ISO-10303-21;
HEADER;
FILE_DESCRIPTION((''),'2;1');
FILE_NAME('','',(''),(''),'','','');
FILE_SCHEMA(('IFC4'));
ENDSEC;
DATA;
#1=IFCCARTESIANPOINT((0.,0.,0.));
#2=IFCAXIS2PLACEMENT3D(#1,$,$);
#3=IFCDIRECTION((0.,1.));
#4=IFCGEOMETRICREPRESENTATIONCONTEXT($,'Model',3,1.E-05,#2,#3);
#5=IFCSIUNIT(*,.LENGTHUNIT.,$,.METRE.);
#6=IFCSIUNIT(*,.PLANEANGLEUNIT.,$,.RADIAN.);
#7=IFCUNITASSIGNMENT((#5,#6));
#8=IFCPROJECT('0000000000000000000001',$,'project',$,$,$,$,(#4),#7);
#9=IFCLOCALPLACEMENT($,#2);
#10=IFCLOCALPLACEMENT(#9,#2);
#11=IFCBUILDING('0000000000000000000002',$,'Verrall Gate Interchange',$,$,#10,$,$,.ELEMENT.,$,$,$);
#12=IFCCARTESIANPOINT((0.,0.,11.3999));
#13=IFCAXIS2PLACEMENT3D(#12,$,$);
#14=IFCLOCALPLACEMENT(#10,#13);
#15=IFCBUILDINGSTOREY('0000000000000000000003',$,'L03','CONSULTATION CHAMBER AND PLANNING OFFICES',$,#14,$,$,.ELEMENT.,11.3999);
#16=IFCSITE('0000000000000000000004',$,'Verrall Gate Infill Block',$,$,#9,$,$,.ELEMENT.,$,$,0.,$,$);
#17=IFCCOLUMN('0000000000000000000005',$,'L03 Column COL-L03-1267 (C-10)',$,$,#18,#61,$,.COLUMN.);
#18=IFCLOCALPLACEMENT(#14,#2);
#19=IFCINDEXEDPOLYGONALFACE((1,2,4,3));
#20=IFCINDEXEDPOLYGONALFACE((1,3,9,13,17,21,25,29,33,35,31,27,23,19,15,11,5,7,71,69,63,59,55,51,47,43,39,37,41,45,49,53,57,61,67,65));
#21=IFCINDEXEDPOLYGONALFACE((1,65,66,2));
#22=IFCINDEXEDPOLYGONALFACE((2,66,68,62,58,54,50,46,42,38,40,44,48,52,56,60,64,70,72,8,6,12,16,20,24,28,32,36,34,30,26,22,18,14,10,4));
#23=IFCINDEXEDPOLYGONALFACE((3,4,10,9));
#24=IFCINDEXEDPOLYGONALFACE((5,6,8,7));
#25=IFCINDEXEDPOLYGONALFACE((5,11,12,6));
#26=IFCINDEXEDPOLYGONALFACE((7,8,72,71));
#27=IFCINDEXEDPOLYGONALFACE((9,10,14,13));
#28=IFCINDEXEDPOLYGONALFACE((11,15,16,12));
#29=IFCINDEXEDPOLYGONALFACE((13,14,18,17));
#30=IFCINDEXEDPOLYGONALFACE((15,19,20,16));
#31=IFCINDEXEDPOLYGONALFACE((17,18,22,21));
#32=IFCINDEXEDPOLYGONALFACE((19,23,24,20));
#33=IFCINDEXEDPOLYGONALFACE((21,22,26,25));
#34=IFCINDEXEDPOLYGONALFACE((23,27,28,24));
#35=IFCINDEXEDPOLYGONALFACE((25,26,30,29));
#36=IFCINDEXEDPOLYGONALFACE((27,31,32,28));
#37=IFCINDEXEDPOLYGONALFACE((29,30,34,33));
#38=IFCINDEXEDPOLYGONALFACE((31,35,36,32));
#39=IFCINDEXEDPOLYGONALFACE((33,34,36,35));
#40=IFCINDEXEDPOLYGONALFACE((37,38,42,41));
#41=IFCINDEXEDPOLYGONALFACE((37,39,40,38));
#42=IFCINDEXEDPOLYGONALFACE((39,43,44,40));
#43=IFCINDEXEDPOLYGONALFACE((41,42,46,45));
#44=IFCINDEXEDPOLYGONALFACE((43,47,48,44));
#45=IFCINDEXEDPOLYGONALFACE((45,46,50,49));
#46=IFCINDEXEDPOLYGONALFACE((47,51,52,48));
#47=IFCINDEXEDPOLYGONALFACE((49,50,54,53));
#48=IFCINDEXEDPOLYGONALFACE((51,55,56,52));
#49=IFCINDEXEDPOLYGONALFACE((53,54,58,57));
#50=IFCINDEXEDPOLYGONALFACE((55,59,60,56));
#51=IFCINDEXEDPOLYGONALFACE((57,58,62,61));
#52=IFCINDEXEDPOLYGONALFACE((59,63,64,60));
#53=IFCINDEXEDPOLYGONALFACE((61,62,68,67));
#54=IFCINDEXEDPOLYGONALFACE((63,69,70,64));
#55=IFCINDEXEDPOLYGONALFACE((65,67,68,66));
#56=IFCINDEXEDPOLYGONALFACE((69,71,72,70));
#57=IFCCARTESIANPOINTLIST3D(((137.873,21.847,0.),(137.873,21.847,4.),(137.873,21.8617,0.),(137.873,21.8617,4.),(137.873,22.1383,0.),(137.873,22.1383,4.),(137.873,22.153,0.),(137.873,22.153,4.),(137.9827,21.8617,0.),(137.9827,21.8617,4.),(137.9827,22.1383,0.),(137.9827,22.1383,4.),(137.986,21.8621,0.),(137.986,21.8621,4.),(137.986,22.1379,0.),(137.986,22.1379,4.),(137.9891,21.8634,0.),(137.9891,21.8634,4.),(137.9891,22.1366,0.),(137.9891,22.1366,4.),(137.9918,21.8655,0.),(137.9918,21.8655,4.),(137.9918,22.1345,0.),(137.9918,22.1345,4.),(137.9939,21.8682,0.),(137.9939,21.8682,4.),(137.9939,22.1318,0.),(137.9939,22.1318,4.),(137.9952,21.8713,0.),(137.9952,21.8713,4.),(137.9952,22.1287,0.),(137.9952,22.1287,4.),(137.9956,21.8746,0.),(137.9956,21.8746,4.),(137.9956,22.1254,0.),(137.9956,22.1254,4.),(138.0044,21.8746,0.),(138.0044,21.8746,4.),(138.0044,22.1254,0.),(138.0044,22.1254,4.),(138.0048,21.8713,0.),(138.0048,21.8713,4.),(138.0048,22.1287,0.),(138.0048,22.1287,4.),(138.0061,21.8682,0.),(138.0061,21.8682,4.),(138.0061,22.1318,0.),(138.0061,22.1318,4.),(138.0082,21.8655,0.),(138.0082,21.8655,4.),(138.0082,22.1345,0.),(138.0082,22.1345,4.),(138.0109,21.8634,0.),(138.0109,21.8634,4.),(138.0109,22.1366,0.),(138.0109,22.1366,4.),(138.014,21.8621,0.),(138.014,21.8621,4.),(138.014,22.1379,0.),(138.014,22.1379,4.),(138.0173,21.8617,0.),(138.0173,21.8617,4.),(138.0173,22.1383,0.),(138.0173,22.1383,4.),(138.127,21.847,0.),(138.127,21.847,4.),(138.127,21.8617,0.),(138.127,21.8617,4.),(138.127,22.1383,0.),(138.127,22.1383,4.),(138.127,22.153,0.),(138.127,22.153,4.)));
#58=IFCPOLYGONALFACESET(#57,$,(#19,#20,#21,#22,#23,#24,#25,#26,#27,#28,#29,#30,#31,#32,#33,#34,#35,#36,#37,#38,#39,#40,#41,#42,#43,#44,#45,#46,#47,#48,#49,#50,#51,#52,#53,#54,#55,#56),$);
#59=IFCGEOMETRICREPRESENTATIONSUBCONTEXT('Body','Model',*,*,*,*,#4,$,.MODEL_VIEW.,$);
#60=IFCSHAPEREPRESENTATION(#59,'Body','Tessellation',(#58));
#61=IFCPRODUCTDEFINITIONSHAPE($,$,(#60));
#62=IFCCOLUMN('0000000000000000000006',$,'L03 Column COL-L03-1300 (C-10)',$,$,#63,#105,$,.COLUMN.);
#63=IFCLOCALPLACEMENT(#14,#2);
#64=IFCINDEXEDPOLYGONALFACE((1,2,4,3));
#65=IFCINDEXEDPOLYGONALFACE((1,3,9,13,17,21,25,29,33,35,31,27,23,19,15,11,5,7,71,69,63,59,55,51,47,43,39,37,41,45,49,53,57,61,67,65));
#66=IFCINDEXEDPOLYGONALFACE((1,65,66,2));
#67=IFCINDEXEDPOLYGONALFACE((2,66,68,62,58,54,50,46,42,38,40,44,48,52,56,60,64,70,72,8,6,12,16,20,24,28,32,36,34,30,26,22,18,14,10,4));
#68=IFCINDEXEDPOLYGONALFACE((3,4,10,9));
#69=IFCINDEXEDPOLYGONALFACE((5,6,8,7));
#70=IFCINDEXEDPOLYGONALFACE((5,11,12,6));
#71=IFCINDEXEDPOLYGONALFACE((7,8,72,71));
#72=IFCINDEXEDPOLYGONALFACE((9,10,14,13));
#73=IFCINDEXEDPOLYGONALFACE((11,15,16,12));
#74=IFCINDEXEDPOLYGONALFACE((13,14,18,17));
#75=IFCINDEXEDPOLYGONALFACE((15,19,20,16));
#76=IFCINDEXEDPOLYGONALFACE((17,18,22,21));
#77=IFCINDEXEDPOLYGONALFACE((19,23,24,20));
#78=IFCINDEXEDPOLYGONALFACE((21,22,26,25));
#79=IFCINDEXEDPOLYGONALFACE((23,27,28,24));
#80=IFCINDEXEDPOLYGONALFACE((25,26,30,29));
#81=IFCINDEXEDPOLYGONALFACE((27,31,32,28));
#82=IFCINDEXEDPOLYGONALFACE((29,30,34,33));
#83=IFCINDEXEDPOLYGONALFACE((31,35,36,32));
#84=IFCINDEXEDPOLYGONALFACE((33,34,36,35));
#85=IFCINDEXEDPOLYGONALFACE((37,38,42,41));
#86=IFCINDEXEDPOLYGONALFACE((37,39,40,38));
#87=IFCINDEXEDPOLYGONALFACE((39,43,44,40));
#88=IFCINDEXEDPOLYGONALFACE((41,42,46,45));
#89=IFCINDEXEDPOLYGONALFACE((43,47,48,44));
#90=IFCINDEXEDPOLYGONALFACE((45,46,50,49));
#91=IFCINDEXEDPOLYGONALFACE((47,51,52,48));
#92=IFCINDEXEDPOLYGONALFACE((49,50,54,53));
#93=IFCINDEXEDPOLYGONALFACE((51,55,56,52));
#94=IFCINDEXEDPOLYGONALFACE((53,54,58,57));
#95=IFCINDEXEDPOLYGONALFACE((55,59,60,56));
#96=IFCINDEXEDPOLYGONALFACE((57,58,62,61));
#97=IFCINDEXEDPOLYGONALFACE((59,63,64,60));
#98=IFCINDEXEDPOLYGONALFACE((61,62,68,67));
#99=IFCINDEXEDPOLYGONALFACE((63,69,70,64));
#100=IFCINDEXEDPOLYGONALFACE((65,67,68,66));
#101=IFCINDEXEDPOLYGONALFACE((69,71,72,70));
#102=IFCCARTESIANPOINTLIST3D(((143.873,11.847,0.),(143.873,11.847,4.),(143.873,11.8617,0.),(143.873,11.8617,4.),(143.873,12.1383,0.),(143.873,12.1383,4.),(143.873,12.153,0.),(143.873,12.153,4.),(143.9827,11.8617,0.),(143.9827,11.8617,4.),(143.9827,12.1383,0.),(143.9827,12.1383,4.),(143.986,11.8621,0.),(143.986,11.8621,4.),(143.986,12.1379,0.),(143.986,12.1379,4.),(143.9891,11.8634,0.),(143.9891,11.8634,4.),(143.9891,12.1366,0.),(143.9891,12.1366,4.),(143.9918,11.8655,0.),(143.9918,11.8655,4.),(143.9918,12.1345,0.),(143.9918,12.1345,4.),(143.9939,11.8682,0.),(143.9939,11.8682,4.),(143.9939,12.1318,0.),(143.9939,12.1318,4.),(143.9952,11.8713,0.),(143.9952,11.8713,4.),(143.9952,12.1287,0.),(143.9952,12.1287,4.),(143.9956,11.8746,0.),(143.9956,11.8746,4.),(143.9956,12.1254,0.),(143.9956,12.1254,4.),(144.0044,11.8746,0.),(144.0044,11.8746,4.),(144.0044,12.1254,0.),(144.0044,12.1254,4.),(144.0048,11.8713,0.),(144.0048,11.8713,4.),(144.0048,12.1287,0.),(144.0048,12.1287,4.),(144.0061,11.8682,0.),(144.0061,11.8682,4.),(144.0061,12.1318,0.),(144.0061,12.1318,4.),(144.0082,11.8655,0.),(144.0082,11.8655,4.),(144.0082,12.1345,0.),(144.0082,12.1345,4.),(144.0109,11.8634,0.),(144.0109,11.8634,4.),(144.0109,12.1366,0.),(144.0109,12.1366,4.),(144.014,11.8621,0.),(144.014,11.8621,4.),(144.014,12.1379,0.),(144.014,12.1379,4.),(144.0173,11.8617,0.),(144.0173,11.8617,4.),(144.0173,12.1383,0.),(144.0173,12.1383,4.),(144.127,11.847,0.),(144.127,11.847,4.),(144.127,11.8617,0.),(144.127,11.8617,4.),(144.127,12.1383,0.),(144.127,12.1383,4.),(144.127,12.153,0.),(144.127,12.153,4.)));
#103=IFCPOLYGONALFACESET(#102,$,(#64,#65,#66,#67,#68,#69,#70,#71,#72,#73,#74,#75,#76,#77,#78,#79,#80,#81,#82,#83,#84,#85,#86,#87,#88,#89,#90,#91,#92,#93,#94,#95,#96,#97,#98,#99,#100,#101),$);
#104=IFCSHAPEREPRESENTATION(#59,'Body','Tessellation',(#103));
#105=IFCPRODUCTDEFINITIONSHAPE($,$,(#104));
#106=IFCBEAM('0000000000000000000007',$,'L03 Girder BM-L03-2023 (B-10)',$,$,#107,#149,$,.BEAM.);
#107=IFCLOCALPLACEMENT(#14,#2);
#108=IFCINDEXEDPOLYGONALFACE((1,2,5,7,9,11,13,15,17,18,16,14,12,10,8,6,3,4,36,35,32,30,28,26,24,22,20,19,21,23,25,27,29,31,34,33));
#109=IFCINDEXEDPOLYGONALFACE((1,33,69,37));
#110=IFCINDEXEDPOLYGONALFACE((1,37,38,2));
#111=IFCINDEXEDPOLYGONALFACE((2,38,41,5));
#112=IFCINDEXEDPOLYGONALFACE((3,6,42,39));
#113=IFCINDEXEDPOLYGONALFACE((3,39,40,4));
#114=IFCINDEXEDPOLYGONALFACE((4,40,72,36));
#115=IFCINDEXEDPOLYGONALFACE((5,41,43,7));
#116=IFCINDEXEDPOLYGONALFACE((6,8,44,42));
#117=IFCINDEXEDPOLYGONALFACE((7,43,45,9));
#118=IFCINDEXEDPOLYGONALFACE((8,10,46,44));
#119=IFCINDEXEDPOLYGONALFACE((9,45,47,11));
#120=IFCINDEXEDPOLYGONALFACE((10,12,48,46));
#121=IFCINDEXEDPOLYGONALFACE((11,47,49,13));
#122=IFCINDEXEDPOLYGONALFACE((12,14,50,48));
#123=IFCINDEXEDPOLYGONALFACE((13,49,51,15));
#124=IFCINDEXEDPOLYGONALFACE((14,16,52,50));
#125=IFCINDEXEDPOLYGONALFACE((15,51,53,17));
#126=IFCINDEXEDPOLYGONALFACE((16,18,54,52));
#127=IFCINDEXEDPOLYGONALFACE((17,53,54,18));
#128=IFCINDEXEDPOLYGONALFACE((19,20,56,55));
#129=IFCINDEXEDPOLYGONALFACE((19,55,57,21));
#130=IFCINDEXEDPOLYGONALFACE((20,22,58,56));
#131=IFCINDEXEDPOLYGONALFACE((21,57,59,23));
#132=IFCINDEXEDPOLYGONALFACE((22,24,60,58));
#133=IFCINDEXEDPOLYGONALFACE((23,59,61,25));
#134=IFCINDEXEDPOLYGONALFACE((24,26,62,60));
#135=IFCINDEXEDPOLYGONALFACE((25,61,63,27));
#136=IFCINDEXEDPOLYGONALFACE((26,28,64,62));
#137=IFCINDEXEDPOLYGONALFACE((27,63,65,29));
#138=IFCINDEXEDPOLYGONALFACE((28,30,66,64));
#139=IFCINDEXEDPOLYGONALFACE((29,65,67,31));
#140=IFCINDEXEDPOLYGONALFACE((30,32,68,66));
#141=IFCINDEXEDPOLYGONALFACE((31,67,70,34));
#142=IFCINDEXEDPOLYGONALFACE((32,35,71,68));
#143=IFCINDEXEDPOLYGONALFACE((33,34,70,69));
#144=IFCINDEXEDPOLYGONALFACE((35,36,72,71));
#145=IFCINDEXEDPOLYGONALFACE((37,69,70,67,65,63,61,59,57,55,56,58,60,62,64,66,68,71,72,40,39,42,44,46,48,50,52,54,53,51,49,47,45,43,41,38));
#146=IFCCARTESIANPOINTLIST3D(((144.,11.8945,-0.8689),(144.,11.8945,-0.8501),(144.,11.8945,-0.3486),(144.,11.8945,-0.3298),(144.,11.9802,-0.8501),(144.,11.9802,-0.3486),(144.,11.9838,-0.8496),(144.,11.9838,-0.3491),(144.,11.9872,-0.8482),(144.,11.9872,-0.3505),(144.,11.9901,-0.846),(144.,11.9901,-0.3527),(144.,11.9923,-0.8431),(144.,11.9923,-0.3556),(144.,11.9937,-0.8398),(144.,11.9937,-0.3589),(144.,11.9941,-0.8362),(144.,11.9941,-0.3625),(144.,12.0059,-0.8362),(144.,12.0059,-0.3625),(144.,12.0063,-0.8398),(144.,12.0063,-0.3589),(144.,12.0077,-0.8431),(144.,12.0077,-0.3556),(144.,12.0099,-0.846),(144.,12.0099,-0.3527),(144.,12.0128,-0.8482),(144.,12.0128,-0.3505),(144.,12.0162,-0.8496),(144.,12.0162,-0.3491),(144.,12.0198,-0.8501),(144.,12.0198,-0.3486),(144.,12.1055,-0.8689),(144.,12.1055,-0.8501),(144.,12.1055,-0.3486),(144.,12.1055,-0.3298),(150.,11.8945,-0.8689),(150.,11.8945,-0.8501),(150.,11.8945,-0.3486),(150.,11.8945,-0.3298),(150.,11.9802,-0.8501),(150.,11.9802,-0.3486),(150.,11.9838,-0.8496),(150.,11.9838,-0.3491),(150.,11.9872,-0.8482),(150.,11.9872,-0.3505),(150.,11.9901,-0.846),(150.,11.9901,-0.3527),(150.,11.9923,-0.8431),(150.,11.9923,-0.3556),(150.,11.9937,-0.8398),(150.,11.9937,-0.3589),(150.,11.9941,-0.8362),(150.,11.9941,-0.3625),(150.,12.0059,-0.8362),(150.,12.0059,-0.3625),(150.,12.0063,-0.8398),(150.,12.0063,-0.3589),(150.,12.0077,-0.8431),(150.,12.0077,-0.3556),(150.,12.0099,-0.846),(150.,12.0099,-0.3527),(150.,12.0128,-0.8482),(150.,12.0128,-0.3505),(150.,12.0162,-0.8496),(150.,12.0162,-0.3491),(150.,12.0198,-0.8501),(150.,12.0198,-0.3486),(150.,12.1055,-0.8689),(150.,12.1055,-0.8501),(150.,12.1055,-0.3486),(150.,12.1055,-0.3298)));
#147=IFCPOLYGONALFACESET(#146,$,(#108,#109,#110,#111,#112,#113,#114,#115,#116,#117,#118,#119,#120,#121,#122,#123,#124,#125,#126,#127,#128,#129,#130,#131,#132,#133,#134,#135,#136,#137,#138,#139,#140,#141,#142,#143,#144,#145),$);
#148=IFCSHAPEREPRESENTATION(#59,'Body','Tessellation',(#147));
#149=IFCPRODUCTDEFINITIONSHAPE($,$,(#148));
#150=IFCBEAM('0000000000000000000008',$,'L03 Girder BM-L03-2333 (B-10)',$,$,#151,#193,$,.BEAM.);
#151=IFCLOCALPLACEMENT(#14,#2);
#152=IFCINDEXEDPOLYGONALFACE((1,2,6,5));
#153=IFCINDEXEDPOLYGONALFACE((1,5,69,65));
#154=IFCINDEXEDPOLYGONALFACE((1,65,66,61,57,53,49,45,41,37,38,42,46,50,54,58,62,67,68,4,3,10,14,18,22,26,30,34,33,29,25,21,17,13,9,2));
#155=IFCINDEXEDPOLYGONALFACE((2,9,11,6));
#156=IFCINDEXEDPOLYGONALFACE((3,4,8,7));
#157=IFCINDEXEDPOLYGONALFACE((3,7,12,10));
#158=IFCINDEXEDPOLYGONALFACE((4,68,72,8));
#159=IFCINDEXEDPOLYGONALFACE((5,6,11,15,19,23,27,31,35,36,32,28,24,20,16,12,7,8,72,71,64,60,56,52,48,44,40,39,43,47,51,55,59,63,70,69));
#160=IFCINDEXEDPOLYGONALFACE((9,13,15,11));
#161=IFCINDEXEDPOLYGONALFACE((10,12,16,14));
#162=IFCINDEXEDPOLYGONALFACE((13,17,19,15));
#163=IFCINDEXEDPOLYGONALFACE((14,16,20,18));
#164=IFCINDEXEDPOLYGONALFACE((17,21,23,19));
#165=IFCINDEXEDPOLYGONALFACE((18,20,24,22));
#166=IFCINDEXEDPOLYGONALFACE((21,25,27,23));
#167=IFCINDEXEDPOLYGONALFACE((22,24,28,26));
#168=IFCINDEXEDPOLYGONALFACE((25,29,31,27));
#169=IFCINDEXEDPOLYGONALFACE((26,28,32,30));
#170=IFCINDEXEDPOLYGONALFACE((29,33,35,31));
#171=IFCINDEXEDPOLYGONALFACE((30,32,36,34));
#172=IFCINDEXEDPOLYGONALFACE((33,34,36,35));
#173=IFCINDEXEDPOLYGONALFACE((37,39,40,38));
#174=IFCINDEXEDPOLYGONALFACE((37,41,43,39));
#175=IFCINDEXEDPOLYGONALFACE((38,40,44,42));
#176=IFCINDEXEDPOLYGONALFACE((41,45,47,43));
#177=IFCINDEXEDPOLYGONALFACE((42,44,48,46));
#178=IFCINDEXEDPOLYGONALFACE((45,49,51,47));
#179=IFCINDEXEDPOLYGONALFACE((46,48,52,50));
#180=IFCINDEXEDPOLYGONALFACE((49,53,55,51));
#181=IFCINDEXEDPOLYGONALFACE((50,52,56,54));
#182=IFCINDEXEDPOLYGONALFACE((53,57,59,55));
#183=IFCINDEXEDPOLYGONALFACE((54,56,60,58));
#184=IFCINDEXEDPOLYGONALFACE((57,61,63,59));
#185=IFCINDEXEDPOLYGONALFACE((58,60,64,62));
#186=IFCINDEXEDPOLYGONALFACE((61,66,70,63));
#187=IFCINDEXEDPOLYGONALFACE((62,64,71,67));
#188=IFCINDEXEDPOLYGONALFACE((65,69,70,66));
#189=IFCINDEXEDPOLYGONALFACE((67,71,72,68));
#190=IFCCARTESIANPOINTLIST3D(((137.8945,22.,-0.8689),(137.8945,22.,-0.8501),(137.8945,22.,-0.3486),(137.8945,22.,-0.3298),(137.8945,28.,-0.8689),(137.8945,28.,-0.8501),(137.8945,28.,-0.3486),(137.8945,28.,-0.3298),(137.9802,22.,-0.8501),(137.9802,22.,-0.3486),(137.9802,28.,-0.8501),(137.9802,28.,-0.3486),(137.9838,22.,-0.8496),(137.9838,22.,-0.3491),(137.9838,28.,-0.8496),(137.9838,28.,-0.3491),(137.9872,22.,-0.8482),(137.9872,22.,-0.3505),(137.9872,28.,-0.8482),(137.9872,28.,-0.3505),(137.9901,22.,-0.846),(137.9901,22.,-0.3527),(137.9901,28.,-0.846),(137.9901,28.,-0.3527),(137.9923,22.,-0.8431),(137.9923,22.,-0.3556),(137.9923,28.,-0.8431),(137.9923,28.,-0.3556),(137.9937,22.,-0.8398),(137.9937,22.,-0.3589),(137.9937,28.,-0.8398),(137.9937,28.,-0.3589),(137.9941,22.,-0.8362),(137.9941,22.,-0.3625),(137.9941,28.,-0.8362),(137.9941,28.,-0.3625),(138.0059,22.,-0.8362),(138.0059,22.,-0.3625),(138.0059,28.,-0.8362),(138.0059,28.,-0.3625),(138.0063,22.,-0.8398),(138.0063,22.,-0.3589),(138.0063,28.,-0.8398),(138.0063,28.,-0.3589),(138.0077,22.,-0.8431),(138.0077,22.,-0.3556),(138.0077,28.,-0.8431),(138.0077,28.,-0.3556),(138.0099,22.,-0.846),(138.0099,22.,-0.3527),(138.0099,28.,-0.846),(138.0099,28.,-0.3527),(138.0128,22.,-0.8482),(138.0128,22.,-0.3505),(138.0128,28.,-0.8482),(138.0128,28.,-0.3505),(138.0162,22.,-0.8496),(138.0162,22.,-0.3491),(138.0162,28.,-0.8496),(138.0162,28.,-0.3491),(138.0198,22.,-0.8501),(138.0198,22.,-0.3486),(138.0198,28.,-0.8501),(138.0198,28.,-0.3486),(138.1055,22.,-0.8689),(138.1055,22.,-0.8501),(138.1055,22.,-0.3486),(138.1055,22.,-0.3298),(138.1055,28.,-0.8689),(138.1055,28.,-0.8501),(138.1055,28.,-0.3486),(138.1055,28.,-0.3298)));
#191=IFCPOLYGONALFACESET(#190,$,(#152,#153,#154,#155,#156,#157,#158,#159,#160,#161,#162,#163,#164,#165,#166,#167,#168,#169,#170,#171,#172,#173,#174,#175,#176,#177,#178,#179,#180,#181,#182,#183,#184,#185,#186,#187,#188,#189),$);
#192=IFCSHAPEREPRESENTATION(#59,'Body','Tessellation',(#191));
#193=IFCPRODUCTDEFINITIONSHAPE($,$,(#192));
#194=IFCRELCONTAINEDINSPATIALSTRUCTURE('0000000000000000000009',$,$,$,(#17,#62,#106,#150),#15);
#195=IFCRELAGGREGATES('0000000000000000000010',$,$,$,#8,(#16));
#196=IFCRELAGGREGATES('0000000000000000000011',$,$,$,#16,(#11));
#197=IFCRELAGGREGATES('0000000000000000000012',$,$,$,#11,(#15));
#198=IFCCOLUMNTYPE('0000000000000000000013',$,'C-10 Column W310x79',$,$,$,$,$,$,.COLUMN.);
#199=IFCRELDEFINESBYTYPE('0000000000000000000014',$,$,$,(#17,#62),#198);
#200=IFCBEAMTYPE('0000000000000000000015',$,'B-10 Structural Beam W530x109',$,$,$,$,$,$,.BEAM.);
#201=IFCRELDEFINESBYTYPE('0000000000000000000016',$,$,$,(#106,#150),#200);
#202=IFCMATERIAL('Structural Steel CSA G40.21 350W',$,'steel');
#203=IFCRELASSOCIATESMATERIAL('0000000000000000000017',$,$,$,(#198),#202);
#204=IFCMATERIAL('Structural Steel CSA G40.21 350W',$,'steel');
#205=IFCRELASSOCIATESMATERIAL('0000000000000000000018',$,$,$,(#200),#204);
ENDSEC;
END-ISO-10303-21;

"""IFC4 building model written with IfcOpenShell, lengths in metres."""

from ifc_helpers import new_model, si_unit, direction, frame, origin, origin_2d, place, context, subcontext, project, spatial, i_section, extrude, material, material_profile, profile_set, type_object, element, save


model = new_model("IFC4")

# Units and contexts
model_context = context("Model", 3, precision=1e-05, world=origin(), true_north=direction((0.0, 1.0)))
body_context = subcontext(model_context, "Body", "Model", "MODEL_VIEW")
ifc_project = project(units=[si_unit("LENGTHUNIT", "METRE"), si_unit("PLANEANGLEUNIT", "RADIAN")], contexts=[model_context])

# Site, building, storey
site_placement = place(None, origin())
site = spatial("IfcSite", under=ifc_project, at=site_placement, Name="Verrall Gate Infill Block", CompositionType="ELEMENT", RefElevation=0.0)
building_placement = place(site_placement, origin())
building = spatial("IfcBuilding", under=site, at=building_placement, Name="Verrall Gate Interchange", CompositionType="ELEMENT")
storey_placement = place(building_placement, frame((0.0, 0.0, 11.3999)))
storey = spatial("IfcBuildingStorey", under=building, at=storey_placement, Name="L03", Description="CONSULTATION CHAMBER AND PLANNING OFFICES", CompositionType="ELEMENT", Elevation=11.3999)

# Columns
ifc_material_1 = material(Name="Structural Steel CSA G40.21 350W", Category="steel")
ifc_material_profile_1 = material_profile(ifc_material_1, i_section(OverallWidth=0.2539, OverallDepth=0.3059, WebThickness=0.0088, FlangeThickness=0.0146, FilletRadius=0.0129, at=origin_2d()), Name="W310x79")
ifc_profile_set_1 = profile_set([ifc_material_profile_1], Name="Structural Steel CSA G40.21 350W")
column_type = type_object("IfcColumnType", Name="C-10 Column W310x79", PredefinedType="COLUMN", material=ifc_profile_set_1)
for number, where, z_axis, x_axis, name in (
    (1, (138.0, 22.0, 0.0), (0.0, 0.0, 1.0), (1.0, 0.0, 0.0), "L03 Column COL-L03-1267 (C-10)"),
    (2, (144.0, 12.0, 0.0), (0.0, 0.0, 1.0), (1.0, 0.0, 0.0), "L03 Column COL-L03-1300 (C-10)"),
):
    element("IfcColumn", number, at=place(storey_placement, frame(where, z_axis=z_axis, x_axis=x_axis)), inside=storey, type_object=column_type, Name=name, PredefinedType="COLUMN", context=body_context, shape_type="SweptSolid", body=[
        extrude(i_section(OverallWidth=0.2539, OverallDepth=0.3059, WebThickness=0.0088, FlangeThickness=0.0146, FilletRadius=0.0129, at=origin_2d()), origin(), (0.0, 0.0, 1.0), 4.0),
    ])

# Beams
ifc_material_2 = material(Name="Structural Steel CSA G40.21 350W", Category="steel")
ifc_material_profile_2 = material_profile(ifc_material_2, i_section(OverallWidth=0.2109, OverallDepth=0.5391, WebThickness=0.0117, FlangeThickness=0.0188, FilletRadius=0.0139, at=origin_2d()), Name="W530x109")
ifc_profile_set_2 = profile_set([ifc_material_profile_2], Name="Structural Steel CSA G40.21 350W")
beam_type_1 = type_object("IfcBeamType", Name="B-10 Structural Beam W530x109", PredefinedType="BEAM", material=ifc_profile_set_2)
for number, where, z_axis, x_axis, name in (
    (3, (144.0, 12.0, -0.5994), (1.0, 0.0, 0.0), (0.0, 1.0, 0.0), "L03 Girder BM-L03-2023 (B-10)"),
    (4, (138.0, 22.0, -0.5994), (0.0, 1.0, 0.0), (-1.0, 0.0, 0.0), "L03 Girder BM-L03-2333 (B-10)"),
):
    element("IfcBeam", number, at=place(storey_placement, frame(where, z_axis=z_axis, x_axis=x_axis)), inside=storey, type_object=beam_type_1, Name=name, PredefinedType="BEAM", context=body_context, shape_type="SweptSolid", body=[
        extrude(i_section(OverallWidth=0.2109, OverallDepth=0.5391, WebThickness=0.0117, FlangeThickness=0.0188, FilletRadius=0.0139, at=origin_2d()), origin(), (0.0, 0.0, 1.0), 6.0),
    ])

save(model, "model.ifc")
